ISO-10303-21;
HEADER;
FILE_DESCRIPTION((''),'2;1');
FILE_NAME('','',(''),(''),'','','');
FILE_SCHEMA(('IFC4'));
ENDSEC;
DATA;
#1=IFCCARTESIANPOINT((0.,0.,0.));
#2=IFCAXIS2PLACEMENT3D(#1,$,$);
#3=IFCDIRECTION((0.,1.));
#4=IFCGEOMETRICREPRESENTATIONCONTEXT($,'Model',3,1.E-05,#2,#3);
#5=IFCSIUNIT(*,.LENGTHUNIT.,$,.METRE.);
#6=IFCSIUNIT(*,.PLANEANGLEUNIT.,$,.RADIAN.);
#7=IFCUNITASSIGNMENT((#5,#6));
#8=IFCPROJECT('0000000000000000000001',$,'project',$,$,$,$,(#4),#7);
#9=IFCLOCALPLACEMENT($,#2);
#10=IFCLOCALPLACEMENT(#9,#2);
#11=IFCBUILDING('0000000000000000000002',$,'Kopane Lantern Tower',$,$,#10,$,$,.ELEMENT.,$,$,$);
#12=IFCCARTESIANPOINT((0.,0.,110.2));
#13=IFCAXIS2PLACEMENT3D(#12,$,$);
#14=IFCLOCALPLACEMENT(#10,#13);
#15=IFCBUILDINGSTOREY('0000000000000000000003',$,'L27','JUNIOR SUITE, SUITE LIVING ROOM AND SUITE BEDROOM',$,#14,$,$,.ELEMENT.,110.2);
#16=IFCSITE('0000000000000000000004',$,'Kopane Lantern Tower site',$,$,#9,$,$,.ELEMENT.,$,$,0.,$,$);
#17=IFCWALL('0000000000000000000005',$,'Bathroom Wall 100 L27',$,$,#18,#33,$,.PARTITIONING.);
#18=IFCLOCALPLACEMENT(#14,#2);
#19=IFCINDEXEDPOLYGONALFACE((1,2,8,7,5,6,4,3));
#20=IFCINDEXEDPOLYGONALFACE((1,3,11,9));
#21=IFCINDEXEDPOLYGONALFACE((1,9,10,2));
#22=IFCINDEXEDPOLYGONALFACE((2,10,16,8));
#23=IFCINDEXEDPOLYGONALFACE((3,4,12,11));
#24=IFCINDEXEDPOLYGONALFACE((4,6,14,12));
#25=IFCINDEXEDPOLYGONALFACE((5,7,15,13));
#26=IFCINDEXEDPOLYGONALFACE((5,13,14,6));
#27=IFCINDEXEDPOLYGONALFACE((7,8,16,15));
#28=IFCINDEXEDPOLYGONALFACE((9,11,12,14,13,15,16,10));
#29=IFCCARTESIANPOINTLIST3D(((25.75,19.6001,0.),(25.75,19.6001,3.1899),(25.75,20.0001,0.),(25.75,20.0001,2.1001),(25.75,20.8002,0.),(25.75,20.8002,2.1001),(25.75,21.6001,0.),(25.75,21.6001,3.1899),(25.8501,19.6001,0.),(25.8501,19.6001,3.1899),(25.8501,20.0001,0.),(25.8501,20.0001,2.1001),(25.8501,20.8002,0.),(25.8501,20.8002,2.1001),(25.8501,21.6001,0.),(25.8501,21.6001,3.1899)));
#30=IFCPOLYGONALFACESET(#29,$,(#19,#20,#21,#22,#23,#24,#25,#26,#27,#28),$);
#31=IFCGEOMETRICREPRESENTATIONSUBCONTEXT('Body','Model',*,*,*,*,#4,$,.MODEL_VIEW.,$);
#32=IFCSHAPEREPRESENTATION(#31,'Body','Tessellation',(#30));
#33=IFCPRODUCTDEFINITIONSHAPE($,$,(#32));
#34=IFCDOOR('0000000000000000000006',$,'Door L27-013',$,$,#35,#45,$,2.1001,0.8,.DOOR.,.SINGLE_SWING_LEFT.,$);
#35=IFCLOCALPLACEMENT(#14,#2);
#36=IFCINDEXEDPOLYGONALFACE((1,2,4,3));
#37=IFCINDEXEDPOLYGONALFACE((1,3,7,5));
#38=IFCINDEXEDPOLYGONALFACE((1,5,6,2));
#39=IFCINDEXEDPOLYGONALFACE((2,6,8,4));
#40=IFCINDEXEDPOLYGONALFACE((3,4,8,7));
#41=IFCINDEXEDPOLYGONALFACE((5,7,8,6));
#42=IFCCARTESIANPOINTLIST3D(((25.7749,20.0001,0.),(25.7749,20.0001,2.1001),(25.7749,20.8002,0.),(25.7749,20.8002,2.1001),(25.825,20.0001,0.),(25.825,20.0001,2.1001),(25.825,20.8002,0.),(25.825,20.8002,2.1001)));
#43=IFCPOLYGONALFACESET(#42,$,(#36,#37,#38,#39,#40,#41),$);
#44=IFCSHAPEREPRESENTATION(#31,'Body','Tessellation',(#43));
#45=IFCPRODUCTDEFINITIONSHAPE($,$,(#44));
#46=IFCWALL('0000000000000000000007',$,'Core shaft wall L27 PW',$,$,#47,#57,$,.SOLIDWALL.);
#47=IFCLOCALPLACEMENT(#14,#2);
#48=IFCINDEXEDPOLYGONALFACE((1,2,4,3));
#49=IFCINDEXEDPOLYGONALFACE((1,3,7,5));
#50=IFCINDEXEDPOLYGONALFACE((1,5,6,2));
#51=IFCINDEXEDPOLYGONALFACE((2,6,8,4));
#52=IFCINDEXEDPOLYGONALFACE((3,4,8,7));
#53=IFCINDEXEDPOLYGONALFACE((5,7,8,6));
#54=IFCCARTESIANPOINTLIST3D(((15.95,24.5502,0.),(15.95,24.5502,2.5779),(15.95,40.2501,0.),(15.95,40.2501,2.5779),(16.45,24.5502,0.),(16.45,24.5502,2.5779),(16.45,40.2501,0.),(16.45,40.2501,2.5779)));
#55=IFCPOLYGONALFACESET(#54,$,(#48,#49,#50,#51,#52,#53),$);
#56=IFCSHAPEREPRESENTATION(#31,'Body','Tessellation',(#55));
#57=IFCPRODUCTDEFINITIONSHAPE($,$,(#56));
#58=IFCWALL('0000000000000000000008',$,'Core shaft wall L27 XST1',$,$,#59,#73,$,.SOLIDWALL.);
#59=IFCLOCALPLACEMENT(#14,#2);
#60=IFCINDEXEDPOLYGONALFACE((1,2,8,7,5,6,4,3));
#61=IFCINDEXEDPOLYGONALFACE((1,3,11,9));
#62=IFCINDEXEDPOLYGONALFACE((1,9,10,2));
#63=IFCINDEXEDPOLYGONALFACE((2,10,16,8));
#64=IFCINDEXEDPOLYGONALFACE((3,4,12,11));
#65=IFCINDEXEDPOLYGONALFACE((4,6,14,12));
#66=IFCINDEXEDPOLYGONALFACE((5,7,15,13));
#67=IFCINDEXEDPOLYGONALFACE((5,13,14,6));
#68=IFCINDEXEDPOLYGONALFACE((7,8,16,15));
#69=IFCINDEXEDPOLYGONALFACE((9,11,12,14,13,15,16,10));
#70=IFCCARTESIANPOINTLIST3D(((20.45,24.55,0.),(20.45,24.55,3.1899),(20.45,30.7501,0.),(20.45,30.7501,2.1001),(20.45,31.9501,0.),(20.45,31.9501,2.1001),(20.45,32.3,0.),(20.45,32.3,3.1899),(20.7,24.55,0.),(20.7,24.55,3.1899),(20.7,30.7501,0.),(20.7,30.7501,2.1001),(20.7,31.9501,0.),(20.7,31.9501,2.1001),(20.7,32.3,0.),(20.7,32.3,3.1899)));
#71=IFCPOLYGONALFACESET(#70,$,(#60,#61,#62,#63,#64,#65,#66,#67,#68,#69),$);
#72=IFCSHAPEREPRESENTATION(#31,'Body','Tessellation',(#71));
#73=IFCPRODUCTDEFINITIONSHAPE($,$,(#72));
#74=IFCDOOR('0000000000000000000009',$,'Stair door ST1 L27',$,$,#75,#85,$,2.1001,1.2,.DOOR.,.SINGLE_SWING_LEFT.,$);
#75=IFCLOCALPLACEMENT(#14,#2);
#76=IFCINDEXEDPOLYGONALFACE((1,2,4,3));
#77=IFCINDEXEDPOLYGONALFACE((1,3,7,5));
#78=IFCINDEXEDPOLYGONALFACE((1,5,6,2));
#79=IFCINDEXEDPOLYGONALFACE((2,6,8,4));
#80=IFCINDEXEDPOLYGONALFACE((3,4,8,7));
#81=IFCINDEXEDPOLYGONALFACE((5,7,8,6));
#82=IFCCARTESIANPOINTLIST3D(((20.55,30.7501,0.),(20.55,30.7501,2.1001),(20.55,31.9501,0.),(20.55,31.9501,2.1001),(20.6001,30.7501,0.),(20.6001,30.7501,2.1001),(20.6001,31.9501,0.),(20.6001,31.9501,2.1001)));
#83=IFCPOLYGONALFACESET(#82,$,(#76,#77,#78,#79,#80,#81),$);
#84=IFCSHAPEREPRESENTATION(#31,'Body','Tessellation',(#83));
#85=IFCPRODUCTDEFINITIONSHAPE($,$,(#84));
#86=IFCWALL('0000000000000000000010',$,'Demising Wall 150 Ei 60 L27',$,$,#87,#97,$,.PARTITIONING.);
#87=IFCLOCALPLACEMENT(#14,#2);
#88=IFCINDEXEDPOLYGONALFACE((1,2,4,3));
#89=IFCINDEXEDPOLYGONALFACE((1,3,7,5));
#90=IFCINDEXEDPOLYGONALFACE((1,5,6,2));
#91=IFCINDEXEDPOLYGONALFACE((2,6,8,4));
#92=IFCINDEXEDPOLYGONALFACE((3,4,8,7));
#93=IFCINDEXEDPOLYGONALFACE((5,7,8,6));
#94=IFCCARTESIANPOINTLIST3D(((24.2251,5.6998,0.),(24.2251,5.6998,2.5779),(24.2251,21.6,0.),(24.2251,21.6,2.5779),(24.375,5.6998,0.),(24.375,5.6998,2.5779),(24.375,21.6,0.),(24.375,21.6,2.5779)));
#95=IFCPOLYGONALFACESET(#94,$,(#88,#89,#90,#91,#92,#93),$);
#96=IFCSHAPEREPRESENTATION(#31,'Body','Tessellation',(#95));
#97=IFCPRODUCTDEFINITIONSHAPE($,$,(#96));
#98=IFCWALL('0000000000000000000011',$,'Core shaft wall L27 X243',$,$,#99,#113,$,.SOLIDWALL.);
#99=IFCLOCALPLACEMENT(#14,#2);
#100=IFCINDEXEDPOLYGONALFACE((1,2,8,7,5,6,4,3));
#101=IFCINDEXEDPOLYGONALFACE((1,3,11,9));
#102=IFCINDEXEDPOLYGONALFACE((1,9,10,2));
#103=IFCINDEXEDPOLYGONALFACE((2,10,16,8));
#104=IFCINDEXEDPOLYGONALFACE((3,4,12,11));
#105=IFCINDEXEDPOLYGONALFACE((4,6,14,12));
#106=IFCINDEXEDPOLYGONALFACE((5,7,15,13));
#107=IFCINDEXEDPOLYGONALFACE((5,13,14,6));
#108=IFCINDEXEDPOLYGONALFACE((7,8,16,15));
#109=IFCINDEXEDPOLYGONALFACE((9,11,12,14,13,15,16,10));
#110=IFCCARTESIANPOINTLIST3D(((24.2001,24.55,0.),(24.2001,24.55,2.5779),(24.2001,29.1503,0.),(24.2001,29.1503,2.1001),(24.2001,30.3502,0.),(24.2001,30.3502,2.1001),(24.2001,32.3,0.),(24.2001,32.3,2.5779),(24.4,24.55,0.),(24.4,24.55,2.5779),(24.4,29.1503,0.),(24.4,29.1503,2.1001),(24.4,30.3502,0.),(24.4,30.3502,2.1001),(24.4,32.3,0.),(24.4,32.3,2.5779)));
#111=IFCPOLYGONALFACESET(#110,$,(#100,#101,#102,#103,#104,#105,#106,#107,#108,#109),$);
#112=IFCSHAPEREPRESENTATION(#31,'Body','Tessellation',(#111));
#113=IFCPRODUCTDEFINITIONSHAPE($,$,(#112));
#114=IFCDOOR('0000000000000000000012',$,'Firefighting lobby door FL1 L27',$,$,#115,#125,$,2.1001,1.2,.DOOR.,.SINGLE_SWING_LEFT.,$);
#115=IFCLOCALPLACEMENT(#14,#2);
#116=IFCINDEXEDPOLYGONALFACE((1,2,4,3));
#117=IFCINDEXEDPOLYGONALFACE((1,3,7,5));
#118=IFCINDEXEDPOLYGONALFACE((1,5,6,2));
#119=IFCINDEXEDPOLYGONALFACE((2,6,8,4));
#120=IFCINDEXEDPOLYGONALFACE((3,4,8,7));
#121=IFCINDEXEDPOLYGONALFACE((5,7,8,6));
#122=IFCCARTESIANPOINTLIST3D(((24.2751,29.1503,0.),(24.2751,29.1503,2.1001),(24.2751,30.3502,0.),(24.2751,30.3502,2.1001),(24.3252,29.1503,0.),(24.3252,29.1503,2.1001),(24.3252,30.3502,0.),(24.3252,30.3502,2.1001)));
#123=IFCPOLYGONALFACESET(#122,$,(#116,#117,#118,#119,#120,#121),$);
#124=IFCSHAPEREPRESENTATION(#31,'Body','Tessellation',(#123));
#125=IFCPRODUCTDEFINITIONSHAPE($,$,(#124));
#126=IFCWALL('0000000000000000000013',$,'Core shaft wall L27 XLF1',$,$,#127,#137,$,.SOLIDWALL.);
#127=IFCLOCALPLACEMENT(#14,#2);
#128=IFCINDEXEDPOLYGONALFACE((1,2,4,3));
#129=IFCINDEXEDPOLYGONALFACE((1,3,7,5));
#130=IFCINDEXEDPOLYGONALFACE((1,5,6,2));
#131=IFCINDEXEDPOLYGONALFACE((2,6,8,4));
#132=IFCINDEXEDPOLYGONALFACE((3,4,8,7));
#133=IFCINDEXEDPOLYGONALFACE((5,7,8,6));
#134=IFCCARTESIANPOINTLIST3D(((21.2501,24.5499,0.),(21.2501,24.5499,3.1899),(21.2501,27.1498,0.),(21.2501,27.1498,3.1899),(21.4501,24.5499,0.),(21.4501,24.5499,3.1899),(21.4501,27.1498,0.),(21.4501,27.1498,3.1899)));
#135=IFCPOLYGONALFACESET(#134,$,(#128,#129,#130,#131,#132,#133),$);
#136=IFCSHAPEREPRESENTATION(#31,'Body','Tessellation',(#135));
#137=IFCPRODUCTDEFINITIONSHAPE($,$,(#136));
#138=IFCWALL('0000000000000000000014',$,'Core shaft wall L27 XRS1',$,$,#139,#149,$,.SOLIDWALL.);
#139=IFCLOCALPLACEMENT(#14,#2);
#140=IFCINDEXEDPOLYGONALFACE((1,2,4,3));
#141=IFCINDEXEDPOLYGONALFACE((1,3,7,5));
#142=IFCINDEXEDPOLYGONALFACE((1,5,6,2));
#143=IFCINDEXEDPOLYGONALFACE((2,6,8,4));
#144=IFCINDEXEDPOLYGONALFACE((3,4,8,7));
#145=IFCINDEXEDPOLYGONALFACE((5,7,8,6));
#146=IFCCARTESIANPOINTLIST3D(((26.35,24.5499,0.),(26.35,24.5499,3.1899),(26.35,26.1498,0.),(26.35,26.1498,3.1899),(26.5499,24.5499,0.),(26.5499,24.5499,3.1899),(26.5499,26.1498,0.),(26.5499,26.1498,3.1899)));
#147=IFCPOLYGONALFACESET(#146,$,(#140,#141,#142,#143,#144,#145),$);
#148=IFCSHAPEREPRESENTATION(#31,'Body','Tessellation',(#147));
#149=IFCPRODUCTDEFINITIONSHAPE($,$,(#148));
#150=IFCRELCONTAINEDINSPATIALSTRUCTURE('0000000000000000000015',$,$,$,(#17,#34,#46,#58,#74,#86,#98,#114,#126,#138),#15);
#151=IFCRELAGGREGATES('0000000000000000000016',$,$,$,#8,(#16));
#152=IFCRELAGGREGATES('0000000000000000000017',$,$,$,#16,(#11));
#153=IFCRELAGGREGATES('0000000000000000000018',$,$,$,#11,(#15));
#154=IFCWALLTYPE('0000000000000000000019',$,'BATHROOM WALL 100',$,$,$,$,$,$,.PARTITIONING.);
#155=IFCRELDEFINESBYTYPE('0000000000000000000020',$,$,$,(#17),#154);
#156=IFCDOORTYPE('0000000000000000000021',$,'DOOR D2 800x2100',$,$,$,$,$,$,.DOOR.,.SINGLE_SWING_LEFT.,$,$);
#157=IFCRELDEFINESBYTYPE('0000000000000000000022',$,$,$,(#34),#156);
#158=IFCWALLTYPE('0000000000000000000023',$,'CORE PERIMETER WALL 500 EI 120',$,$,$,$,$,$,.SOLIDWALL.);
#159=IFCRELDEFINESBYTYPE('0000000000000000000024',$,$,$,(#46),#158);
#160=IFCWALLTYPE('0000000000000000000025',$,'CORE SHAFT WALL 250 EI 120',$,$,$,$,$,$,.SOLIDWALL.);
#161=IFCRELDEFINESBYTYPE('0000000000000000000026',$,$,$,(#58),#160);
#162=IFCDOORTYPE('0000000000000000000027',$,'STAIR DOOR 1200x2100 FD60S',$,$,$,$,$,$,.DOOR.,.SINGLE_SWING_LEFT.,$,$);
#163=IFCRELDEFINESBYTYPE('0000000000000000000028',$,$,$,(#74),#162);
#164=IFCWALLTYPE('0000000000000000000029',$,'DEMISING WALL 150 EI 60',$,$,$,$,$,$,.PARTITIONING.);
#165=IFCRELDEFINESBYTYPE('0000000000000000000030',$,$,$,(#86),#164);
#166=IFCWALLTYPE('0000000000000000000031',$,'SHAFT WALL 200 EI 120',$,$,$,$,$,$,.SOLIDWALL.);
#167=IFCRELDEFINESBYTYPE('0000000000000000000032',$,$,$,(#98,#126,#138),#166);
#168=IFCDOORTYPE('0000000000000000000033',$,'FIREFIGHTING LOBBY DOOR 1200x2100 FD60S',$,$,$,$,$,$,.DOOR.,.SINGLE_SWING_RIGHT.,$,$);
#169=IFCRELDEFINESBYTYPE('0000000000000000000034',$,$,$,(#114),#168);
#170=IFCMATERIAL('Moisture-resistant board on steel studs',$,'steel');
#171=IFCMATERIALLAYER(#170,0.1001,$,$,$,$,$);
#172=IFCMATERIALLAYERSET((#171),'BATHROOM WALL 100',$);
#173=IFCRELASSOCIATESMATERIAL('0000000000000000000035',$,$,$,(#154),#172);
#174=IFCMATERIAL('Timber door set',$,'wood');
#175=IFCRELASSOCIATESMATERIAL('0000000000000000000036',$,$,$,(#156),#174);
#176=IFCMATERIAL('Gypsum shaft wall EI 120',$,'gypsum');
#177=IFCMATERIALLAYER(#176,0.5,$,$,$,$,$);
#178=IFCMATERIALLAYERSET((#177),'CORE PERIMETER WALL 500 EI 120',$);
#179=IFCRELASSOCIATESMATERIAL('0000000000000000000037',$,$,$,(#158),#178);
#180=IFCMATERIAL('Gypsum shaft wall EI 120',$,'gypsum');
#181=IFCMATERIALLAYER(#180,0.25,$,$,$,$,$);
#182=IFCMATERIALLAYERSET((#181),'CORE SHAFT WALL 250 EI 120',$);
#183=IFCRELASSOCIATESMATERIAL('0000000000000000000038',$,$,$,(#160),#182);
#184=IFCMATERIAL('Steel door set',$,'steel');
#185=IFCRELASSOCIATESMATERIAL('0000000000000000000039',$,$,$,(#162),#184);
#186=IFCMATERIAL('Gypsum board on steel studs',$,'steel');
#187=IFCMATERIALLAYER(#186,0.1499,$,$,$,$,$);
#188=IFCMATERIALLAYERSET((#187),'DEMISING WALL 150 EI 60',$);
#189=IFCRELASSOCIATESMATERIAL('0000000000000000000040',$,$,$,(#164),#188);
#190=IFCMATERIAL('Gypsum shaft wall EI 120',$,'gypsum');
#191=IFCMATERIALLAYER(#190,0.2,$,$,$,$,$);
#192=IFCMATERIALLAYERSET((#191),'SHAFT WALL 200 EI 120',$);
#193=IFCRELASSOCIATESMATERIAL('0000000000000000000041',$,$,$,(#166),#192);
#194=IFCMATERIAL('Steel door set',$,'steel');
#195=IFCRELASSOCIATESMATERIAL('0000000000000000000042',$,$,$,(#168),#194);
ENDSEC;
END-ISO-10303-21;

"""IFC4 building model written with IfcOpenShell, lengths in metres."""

from ifc_helpers import new_model, si_unit, direction, frame, frame_2d, origin, place, context, subcontext, project, spatial, rectangle, extrude, material, layer, layer_set, type_object, element, fill, save


model = new_model("IFC4")

# Units and contexts
model_context = context("Model", 3, precision=1e-05, world=origin(), true_north=direction((0.0, 1.0)))
body_context = subcontext(model_context, "Body", "Model", "MODEL_VIEW")
ifc_project = project(units=[si_unit("LENGTHUNIT", "METRE"), si_unit("PLANEANGLEUNIT", "RADIAN")], contexts=[model_context])

# Site, building, storey
site_placement = place(None, origin())
site = spatial("IfcSite", under=ifc_project, at=site_placement, Name="Kopane Lantern Tower site", CompositionType="ELEMENT", RefElevation=0.0)
building_placement = place(site_placement, origin())
building = spatial("IfcBuilding", under=site, at=building_placement, Name="Kopane Lantern Tower", CompositionType="ELEMENT")
storey_placement = place(building_placement, frame((0.0, 0.0, 110.2)))
storey = spatial("IfcBuildingStorey", under=building, at=storey_placement, Name="L27", Description="JUNIOR SUITE, SUITE LIVING ROOM AND SUITE BEDROOM", CompositionType="ELEMENT", Elevation=110.2)

# Wall, opening, door
ifc_material_1 = material(Name="Moisture-resistant board on steel studs", Category="steel")
ifc_layer_1 = layer(ifc_material_1, 0.1001)
ifc_layer_set_1 = layer_set([ifc_layer_1], Name="BATHROOM WALL 100")
wall_type_1 = type_object("IfcWallType", Name="BATHROOM WALL 100", PredefinedType="PARTITIONING", material=ifc_layer_set_1)
ifc_material_2 = material(Name="Timber door set", Category="wood")
door_type_1 = type_object("IfcDoorType", Name="DOOR D2 800x2100", OperationType="SINGLE_SWING_LEFT", PredefinedType="DOOR", material=ifc_material_2)
wall_1_placement = place(storey_placement, frame((25.8, 21.6001, 0.0), z_axis=(0.0, 0.0, 1.0), x_axis=(0.0, -1.0, 0.0)))
wall_1 = element("IfcWall", 1, at=wall_1_placement, inside=storey, type_object=wall_type_1, Name="Bathroom Wall 100 L27", PredefinedType="PARTITIONING", context=body_context, shape_type="SweptSolid", body=[
    extrude(rectangle(XDim=2.0, YDim=0.1001, at=frame_2d((1.0, 0.0))), origin(), (0.0, 0.0, 1.0), 3.1899),
])
opening_1_placement = place(wall_1_placement, frame((0.8, 0.0, 0.0)))
opening_1 = element("IfcOpeningElement", 2, at=opening_1_placement, cuts=wall_1, PredefinedType="OPENING", context=body_context, shape_type="SweptSolid", body=[
    extrude(rectangle(XDim=0.8, YDim=2.1001, at=frame_2d((0.3999, 1.05))), frame((0.0, 0.0601, 0.0), z_axis=(0.0, -1.0, 0.0), x_axis=(1.0, 0.0, 0.0)), (0.0, 0.0, 1.0), 0.1201),
])
door_1_placement = place(opening_1_placement, origin())
door_1 = element("IfcDoor", 3, at=door_1_placement, inside=storey, type_object=door_type_1, Name="Door L27-013", OperationType="SINGLE_SWING_LEFT", OverallHeight=2.1001, OverallWidth=0.8, PredefinedType="DOOR", context=body_context, shape_type="SweptSolid", body=[
    extrude(rectangle(XDim=0.8, YDim=2.1001, at=frame_2d((0.3999, 1.05))), frame((0.0, 0.0249, 0.0), z_axis=(0.0, -1.0, 0.0), x_axis=(1.0, 0.0, 0.0)), (0.0, 0.0, 1.0), 0.05),
])
fill(opening_1, door_1)

# Wall
ifc_material_3 = material(Name="Gypsum shaft wall EI 120", Category="gypsum")
ifc_layer_2 = layer(ifc_material_3, 0.5)
ifc_layer_set_2 = layer_set([ifc_layer_2], Name="CORE PERIMETER WALL 500 EI 120")
wall_type_2 = type_object("IfcWallType", Name="CORE PERIMETER WALL 500 EI 120", PredefinedType="SOLIDWALL", material=ifc_layer_set_2)
wall_2_placement = place(storey_placement, frame((16.2, 24.55, 0.0), z_axis=(0.0, 0.0, 1.0), x_axis=(0.0, 1.0, 0.0)))
element("IfcWall", 4, at=wall_2_placement, inside=storey, type_object=wall_type_2, Name="Core shaft wall L27 PW", PredefinedType="SOLIDWALL", context=body_context, shape_type="SweptSolid", body=[
    extrude(rectangle(XDim=15.7, YDim=0.5, at=frame_2d((7.8501, 0.0))), origin(), (0.0, 0.0, 1.0), 2.5779),
])

# Wall, opening, door
ifc_material_4 = material(Name="Gypsum shaft wall EI 120", Category="gypsum")
ifc_layer_3 = layer(ifc_material_4, 0.25)
ifc_layer_set_3 = layer_set([ifc_layer_3], Name="CORE SHAFT WALL 250 EI 120")
wall_type_3 = type_object("IfcWallType", Name="CORE SHAFT WALL 250 EI 120", PredefinedType="SOLIDWALL", material=ifc_layer_set_3)
wall_3_placement = place(storey_placement, frame((20.575, 24.55, 0.0), z_axis=(0.0, 0.0, 1.0), x_axis=(0.0, 1.0, 0.0)))
wall_3 = element("IfcWall", 5, at=wall_3_placement, inside=storey, type_object=wall_type_3, Name="Core shaft wall L27 XST1", PredefinedType="SOLIDWALL", context=body_context, shape_type="SweptSolid", body=[
    extrude(rectangle(XDim=7.75, YDim=0.25, at=frame_2d((3.875, 0.0))), origin(), (0.0, 0.0, 1.0), 3.1899),
])
opening_2_placement = place(wall_3_placement, frame((6.2, 0.0, 0.0)))
opening_2 = element("IfcOpeningElement", 6, at=opening_2_placement, cuts=wall_3, PredefinedType="OPENING", context=body_context, shape_type="SweptSolid", body=[
    extrude(rectangle(XDim=1.2, YDim=2.1001, at=frame_2d((0.6001, 1.05))), frame((0.0, 0.135, 0.0), z_axis=(0.0, -1.0, 0.0), x_axis=(1.0, 0.0, 0.0)), (0.0, 0.0, 1.0), 0.27),
])
ifc_material_5 = material(Name="Steel door set", Category="steel")
door_type_2 = type_object("IfcDoorType", Name="STAIR DOOR 1200x2100 FD60S", OperationType="SINGLE_SWING_LEFT", PredefinedType="DOOR", material=ifc_material_5)
door_2_placement = place(opening_2_placement, origin())
door_2 = element("IfcDoor", 7, at=door_2_placement, inside=storey, type_object=door_type_2, Name="Stair door ST1 L27", OperationType="SINGLE_SWING_LEFT", OverallHeight=2.1001, OverallWidth=1.2, PredefinedType="DOOR", context=body_context, shape_type="SweptSolid", body=[
    extrude(rectangle(XDim=1.2, YDim=2.1001, at=frame_2d((0.6001, 1.05))), frame((0.0, 0.0249, 0.0), z_axis=(0.0, -1.0, 0.0), x_axis=(1.0, 0.0, 0.0)), (0.0, 0.0, 1.0), 0.05),
])
fill(opening_2, door_2)

# Wall
ifc_material_6 = material(Name="Gypsum board on steel studs", Category="steel")
ifc_layer_4 = layer(ifc_material_6, 0.1499)
ifc_layer_set_4 = layer_set([ifc_layer_4], Name="DEMISING WALL 150 EI 60")
wall_type_4 = type_object("IfcWallType", Name="DEMISING WALL 150 EI 60", PredefinedType="PARTITIONING", material=ifc_layer_set_4)
wall_4_placement = place(storey_placement, frame((24.3, 21.6001, 0.0), z_axis=(0.0, 0.0, 1.0), x_axis=(0.0, -1.0, 0.0)))
element("IfcWall", 8, at=wall_4_placement, inside=storey, type_object=wall_type_4, Name="Demising Wall 150 Ei 60 L27", PredefinedType="PARTITIONING", context=body_context, shape_type="SweptSolid", body=[
    extrude(rectangle(XDim=15.9001, YDim=0.1499, at=frame_2d((7.9502, 0.0))), origin(), (0.0, 0.0, 1.0), 2.5779),
])

# Wall, opening, door
ifc_material_7 = material(Name="Gypsum shaft wall EI 120", Category="gypsum")
ifc_layer_5 = layer(ifc_material_7, 0.2)
ifc_layer_set_5 = layer_set([ifc_layer_5], Name="SHAFT WALL 200 EI 120")
wall_type_5 = type_object("IfcWallType", Name="SHAFT WALL 200 EI 120", PredefinedType="SOLIDWALL", material=ifc_layer_set_5)
wall_5_placement = place(storey_placement, frame((24.3, 24.55, 0.0), z_axis=(0.0, 0.0, 1.0), x_axis=(0.0, 1.0, 0.0)))
wall_5 = element("IfcWall", 9, at=wall_5_placement, inside=storey, type_object=wall_type_5, Name="Core shaft wall L27 X243", PredefinedType="SOLIDWALL", context=body_context, shape_type="SweptSolid", body=[
    extrude(rectangle(XDim=7.75, YDim=0.2, at=frame_2d((3.875, 0.0))), origin(), (0.0, 0.0, 1.0), 2.5779),
])
opening_3_placement = place(wall_5_placement, frame((4.6001, 0.0, 0.0)))
opening_3 = element("IfcOpeningElement", 10, at=opening_3_placement, cuts=wall_5, PredefinedType="OPENING", context=body_context, shape_type="SweptSolid", body=[
    extrude(rectangle(XDim=1.2, YDim=2.1001, at=frame_2d((0.6001, 1.05))), frame((0.0, 0.1099, 0.0), z_axis=(0.0, -1.0, 0.0), x_axis=(1.0, 0.0, 0.0)), (0.0, 0.0, 1.0), 0.22),
])
ifc_material_8 = material(Name="Steel door set", Category="steel")
door_type_3 = type_object("IfcDoorType", Name="FIREFIGHTING LOBBY DOOR 1200x2100 FD60S", OperationType="SINGLE_SWING_RIGHT", PredefinedType="DOOR", material=ifc_material_8)
door_3_placement = place(opening_3_placement, origin())
door_3 = element("IfcDoor", 11, at=door_3_placement, inside=storey, type_object=door_type_3, Name="Firefighting lobby door FL1 L27", OperationType="SINGLE_SWING_LEFT", OverallHeight=2.1001, OverallWidth=1.2, PredefinedType="DOOR", context=body_context, shape_type="SweptSolid", body=[
    extrude(rectangle(XDim=1.2, YDim=2.1001, at=frame_2d((0.6001, 1.05))), frame((0.0, 0.0249, 0.0), z_axis=(0.0, -1.0, 0.0), x_axis=(1.0, 0.0, 0.0)), (0.0, 0.0, 1.0), 0.05),
])
fill(opening_3, door_3)

# Walls
wall_6_placement = place(storey_placement, frame((21.3501, 24.55, 0.0), z_axis=(0.0, 0.0, 1.0), x_axis=(0.0, 1.0, 0.0)))
element("IfcWall", 12, at=wall_6_placement, inside=storey, type_object=wall_type_5, Name="Core shaft wall L27 XLF1", PredefinedType="SOLIDWALL", context=body_context, shape_type="SweptSolid", body=[
    extrude(rectangle(XDim=2.5999, YDim=0.2, at=frame_2d((1.2998, 0.0))), origin(), (0.0, 0.0, 1.0), 3.1899),
])
wall_7_placement = place(storey_placement, frame((26.45, 24.55, 0.0), z_axis=(0.0, 0.0, 1.0), x_axis=(0.0, 1.0, 0.0)))
element("IfcWall", 13, at=wall_7_placement, inside=storey, type_object=wall_type_5, Name="Core shaft wall L27 XRS1", PredefinedType="SOLIDWALL", context=body_context, shape_type="SweptSolid", body=[
    extrude(rectangle(XDim=1.5999, YDim=0.2, at=frame_2d((0.7998, 0.0))), origin(), (0.0, 0.0, 1.0), 3.1899),
])

save(model, "model.ifc")
